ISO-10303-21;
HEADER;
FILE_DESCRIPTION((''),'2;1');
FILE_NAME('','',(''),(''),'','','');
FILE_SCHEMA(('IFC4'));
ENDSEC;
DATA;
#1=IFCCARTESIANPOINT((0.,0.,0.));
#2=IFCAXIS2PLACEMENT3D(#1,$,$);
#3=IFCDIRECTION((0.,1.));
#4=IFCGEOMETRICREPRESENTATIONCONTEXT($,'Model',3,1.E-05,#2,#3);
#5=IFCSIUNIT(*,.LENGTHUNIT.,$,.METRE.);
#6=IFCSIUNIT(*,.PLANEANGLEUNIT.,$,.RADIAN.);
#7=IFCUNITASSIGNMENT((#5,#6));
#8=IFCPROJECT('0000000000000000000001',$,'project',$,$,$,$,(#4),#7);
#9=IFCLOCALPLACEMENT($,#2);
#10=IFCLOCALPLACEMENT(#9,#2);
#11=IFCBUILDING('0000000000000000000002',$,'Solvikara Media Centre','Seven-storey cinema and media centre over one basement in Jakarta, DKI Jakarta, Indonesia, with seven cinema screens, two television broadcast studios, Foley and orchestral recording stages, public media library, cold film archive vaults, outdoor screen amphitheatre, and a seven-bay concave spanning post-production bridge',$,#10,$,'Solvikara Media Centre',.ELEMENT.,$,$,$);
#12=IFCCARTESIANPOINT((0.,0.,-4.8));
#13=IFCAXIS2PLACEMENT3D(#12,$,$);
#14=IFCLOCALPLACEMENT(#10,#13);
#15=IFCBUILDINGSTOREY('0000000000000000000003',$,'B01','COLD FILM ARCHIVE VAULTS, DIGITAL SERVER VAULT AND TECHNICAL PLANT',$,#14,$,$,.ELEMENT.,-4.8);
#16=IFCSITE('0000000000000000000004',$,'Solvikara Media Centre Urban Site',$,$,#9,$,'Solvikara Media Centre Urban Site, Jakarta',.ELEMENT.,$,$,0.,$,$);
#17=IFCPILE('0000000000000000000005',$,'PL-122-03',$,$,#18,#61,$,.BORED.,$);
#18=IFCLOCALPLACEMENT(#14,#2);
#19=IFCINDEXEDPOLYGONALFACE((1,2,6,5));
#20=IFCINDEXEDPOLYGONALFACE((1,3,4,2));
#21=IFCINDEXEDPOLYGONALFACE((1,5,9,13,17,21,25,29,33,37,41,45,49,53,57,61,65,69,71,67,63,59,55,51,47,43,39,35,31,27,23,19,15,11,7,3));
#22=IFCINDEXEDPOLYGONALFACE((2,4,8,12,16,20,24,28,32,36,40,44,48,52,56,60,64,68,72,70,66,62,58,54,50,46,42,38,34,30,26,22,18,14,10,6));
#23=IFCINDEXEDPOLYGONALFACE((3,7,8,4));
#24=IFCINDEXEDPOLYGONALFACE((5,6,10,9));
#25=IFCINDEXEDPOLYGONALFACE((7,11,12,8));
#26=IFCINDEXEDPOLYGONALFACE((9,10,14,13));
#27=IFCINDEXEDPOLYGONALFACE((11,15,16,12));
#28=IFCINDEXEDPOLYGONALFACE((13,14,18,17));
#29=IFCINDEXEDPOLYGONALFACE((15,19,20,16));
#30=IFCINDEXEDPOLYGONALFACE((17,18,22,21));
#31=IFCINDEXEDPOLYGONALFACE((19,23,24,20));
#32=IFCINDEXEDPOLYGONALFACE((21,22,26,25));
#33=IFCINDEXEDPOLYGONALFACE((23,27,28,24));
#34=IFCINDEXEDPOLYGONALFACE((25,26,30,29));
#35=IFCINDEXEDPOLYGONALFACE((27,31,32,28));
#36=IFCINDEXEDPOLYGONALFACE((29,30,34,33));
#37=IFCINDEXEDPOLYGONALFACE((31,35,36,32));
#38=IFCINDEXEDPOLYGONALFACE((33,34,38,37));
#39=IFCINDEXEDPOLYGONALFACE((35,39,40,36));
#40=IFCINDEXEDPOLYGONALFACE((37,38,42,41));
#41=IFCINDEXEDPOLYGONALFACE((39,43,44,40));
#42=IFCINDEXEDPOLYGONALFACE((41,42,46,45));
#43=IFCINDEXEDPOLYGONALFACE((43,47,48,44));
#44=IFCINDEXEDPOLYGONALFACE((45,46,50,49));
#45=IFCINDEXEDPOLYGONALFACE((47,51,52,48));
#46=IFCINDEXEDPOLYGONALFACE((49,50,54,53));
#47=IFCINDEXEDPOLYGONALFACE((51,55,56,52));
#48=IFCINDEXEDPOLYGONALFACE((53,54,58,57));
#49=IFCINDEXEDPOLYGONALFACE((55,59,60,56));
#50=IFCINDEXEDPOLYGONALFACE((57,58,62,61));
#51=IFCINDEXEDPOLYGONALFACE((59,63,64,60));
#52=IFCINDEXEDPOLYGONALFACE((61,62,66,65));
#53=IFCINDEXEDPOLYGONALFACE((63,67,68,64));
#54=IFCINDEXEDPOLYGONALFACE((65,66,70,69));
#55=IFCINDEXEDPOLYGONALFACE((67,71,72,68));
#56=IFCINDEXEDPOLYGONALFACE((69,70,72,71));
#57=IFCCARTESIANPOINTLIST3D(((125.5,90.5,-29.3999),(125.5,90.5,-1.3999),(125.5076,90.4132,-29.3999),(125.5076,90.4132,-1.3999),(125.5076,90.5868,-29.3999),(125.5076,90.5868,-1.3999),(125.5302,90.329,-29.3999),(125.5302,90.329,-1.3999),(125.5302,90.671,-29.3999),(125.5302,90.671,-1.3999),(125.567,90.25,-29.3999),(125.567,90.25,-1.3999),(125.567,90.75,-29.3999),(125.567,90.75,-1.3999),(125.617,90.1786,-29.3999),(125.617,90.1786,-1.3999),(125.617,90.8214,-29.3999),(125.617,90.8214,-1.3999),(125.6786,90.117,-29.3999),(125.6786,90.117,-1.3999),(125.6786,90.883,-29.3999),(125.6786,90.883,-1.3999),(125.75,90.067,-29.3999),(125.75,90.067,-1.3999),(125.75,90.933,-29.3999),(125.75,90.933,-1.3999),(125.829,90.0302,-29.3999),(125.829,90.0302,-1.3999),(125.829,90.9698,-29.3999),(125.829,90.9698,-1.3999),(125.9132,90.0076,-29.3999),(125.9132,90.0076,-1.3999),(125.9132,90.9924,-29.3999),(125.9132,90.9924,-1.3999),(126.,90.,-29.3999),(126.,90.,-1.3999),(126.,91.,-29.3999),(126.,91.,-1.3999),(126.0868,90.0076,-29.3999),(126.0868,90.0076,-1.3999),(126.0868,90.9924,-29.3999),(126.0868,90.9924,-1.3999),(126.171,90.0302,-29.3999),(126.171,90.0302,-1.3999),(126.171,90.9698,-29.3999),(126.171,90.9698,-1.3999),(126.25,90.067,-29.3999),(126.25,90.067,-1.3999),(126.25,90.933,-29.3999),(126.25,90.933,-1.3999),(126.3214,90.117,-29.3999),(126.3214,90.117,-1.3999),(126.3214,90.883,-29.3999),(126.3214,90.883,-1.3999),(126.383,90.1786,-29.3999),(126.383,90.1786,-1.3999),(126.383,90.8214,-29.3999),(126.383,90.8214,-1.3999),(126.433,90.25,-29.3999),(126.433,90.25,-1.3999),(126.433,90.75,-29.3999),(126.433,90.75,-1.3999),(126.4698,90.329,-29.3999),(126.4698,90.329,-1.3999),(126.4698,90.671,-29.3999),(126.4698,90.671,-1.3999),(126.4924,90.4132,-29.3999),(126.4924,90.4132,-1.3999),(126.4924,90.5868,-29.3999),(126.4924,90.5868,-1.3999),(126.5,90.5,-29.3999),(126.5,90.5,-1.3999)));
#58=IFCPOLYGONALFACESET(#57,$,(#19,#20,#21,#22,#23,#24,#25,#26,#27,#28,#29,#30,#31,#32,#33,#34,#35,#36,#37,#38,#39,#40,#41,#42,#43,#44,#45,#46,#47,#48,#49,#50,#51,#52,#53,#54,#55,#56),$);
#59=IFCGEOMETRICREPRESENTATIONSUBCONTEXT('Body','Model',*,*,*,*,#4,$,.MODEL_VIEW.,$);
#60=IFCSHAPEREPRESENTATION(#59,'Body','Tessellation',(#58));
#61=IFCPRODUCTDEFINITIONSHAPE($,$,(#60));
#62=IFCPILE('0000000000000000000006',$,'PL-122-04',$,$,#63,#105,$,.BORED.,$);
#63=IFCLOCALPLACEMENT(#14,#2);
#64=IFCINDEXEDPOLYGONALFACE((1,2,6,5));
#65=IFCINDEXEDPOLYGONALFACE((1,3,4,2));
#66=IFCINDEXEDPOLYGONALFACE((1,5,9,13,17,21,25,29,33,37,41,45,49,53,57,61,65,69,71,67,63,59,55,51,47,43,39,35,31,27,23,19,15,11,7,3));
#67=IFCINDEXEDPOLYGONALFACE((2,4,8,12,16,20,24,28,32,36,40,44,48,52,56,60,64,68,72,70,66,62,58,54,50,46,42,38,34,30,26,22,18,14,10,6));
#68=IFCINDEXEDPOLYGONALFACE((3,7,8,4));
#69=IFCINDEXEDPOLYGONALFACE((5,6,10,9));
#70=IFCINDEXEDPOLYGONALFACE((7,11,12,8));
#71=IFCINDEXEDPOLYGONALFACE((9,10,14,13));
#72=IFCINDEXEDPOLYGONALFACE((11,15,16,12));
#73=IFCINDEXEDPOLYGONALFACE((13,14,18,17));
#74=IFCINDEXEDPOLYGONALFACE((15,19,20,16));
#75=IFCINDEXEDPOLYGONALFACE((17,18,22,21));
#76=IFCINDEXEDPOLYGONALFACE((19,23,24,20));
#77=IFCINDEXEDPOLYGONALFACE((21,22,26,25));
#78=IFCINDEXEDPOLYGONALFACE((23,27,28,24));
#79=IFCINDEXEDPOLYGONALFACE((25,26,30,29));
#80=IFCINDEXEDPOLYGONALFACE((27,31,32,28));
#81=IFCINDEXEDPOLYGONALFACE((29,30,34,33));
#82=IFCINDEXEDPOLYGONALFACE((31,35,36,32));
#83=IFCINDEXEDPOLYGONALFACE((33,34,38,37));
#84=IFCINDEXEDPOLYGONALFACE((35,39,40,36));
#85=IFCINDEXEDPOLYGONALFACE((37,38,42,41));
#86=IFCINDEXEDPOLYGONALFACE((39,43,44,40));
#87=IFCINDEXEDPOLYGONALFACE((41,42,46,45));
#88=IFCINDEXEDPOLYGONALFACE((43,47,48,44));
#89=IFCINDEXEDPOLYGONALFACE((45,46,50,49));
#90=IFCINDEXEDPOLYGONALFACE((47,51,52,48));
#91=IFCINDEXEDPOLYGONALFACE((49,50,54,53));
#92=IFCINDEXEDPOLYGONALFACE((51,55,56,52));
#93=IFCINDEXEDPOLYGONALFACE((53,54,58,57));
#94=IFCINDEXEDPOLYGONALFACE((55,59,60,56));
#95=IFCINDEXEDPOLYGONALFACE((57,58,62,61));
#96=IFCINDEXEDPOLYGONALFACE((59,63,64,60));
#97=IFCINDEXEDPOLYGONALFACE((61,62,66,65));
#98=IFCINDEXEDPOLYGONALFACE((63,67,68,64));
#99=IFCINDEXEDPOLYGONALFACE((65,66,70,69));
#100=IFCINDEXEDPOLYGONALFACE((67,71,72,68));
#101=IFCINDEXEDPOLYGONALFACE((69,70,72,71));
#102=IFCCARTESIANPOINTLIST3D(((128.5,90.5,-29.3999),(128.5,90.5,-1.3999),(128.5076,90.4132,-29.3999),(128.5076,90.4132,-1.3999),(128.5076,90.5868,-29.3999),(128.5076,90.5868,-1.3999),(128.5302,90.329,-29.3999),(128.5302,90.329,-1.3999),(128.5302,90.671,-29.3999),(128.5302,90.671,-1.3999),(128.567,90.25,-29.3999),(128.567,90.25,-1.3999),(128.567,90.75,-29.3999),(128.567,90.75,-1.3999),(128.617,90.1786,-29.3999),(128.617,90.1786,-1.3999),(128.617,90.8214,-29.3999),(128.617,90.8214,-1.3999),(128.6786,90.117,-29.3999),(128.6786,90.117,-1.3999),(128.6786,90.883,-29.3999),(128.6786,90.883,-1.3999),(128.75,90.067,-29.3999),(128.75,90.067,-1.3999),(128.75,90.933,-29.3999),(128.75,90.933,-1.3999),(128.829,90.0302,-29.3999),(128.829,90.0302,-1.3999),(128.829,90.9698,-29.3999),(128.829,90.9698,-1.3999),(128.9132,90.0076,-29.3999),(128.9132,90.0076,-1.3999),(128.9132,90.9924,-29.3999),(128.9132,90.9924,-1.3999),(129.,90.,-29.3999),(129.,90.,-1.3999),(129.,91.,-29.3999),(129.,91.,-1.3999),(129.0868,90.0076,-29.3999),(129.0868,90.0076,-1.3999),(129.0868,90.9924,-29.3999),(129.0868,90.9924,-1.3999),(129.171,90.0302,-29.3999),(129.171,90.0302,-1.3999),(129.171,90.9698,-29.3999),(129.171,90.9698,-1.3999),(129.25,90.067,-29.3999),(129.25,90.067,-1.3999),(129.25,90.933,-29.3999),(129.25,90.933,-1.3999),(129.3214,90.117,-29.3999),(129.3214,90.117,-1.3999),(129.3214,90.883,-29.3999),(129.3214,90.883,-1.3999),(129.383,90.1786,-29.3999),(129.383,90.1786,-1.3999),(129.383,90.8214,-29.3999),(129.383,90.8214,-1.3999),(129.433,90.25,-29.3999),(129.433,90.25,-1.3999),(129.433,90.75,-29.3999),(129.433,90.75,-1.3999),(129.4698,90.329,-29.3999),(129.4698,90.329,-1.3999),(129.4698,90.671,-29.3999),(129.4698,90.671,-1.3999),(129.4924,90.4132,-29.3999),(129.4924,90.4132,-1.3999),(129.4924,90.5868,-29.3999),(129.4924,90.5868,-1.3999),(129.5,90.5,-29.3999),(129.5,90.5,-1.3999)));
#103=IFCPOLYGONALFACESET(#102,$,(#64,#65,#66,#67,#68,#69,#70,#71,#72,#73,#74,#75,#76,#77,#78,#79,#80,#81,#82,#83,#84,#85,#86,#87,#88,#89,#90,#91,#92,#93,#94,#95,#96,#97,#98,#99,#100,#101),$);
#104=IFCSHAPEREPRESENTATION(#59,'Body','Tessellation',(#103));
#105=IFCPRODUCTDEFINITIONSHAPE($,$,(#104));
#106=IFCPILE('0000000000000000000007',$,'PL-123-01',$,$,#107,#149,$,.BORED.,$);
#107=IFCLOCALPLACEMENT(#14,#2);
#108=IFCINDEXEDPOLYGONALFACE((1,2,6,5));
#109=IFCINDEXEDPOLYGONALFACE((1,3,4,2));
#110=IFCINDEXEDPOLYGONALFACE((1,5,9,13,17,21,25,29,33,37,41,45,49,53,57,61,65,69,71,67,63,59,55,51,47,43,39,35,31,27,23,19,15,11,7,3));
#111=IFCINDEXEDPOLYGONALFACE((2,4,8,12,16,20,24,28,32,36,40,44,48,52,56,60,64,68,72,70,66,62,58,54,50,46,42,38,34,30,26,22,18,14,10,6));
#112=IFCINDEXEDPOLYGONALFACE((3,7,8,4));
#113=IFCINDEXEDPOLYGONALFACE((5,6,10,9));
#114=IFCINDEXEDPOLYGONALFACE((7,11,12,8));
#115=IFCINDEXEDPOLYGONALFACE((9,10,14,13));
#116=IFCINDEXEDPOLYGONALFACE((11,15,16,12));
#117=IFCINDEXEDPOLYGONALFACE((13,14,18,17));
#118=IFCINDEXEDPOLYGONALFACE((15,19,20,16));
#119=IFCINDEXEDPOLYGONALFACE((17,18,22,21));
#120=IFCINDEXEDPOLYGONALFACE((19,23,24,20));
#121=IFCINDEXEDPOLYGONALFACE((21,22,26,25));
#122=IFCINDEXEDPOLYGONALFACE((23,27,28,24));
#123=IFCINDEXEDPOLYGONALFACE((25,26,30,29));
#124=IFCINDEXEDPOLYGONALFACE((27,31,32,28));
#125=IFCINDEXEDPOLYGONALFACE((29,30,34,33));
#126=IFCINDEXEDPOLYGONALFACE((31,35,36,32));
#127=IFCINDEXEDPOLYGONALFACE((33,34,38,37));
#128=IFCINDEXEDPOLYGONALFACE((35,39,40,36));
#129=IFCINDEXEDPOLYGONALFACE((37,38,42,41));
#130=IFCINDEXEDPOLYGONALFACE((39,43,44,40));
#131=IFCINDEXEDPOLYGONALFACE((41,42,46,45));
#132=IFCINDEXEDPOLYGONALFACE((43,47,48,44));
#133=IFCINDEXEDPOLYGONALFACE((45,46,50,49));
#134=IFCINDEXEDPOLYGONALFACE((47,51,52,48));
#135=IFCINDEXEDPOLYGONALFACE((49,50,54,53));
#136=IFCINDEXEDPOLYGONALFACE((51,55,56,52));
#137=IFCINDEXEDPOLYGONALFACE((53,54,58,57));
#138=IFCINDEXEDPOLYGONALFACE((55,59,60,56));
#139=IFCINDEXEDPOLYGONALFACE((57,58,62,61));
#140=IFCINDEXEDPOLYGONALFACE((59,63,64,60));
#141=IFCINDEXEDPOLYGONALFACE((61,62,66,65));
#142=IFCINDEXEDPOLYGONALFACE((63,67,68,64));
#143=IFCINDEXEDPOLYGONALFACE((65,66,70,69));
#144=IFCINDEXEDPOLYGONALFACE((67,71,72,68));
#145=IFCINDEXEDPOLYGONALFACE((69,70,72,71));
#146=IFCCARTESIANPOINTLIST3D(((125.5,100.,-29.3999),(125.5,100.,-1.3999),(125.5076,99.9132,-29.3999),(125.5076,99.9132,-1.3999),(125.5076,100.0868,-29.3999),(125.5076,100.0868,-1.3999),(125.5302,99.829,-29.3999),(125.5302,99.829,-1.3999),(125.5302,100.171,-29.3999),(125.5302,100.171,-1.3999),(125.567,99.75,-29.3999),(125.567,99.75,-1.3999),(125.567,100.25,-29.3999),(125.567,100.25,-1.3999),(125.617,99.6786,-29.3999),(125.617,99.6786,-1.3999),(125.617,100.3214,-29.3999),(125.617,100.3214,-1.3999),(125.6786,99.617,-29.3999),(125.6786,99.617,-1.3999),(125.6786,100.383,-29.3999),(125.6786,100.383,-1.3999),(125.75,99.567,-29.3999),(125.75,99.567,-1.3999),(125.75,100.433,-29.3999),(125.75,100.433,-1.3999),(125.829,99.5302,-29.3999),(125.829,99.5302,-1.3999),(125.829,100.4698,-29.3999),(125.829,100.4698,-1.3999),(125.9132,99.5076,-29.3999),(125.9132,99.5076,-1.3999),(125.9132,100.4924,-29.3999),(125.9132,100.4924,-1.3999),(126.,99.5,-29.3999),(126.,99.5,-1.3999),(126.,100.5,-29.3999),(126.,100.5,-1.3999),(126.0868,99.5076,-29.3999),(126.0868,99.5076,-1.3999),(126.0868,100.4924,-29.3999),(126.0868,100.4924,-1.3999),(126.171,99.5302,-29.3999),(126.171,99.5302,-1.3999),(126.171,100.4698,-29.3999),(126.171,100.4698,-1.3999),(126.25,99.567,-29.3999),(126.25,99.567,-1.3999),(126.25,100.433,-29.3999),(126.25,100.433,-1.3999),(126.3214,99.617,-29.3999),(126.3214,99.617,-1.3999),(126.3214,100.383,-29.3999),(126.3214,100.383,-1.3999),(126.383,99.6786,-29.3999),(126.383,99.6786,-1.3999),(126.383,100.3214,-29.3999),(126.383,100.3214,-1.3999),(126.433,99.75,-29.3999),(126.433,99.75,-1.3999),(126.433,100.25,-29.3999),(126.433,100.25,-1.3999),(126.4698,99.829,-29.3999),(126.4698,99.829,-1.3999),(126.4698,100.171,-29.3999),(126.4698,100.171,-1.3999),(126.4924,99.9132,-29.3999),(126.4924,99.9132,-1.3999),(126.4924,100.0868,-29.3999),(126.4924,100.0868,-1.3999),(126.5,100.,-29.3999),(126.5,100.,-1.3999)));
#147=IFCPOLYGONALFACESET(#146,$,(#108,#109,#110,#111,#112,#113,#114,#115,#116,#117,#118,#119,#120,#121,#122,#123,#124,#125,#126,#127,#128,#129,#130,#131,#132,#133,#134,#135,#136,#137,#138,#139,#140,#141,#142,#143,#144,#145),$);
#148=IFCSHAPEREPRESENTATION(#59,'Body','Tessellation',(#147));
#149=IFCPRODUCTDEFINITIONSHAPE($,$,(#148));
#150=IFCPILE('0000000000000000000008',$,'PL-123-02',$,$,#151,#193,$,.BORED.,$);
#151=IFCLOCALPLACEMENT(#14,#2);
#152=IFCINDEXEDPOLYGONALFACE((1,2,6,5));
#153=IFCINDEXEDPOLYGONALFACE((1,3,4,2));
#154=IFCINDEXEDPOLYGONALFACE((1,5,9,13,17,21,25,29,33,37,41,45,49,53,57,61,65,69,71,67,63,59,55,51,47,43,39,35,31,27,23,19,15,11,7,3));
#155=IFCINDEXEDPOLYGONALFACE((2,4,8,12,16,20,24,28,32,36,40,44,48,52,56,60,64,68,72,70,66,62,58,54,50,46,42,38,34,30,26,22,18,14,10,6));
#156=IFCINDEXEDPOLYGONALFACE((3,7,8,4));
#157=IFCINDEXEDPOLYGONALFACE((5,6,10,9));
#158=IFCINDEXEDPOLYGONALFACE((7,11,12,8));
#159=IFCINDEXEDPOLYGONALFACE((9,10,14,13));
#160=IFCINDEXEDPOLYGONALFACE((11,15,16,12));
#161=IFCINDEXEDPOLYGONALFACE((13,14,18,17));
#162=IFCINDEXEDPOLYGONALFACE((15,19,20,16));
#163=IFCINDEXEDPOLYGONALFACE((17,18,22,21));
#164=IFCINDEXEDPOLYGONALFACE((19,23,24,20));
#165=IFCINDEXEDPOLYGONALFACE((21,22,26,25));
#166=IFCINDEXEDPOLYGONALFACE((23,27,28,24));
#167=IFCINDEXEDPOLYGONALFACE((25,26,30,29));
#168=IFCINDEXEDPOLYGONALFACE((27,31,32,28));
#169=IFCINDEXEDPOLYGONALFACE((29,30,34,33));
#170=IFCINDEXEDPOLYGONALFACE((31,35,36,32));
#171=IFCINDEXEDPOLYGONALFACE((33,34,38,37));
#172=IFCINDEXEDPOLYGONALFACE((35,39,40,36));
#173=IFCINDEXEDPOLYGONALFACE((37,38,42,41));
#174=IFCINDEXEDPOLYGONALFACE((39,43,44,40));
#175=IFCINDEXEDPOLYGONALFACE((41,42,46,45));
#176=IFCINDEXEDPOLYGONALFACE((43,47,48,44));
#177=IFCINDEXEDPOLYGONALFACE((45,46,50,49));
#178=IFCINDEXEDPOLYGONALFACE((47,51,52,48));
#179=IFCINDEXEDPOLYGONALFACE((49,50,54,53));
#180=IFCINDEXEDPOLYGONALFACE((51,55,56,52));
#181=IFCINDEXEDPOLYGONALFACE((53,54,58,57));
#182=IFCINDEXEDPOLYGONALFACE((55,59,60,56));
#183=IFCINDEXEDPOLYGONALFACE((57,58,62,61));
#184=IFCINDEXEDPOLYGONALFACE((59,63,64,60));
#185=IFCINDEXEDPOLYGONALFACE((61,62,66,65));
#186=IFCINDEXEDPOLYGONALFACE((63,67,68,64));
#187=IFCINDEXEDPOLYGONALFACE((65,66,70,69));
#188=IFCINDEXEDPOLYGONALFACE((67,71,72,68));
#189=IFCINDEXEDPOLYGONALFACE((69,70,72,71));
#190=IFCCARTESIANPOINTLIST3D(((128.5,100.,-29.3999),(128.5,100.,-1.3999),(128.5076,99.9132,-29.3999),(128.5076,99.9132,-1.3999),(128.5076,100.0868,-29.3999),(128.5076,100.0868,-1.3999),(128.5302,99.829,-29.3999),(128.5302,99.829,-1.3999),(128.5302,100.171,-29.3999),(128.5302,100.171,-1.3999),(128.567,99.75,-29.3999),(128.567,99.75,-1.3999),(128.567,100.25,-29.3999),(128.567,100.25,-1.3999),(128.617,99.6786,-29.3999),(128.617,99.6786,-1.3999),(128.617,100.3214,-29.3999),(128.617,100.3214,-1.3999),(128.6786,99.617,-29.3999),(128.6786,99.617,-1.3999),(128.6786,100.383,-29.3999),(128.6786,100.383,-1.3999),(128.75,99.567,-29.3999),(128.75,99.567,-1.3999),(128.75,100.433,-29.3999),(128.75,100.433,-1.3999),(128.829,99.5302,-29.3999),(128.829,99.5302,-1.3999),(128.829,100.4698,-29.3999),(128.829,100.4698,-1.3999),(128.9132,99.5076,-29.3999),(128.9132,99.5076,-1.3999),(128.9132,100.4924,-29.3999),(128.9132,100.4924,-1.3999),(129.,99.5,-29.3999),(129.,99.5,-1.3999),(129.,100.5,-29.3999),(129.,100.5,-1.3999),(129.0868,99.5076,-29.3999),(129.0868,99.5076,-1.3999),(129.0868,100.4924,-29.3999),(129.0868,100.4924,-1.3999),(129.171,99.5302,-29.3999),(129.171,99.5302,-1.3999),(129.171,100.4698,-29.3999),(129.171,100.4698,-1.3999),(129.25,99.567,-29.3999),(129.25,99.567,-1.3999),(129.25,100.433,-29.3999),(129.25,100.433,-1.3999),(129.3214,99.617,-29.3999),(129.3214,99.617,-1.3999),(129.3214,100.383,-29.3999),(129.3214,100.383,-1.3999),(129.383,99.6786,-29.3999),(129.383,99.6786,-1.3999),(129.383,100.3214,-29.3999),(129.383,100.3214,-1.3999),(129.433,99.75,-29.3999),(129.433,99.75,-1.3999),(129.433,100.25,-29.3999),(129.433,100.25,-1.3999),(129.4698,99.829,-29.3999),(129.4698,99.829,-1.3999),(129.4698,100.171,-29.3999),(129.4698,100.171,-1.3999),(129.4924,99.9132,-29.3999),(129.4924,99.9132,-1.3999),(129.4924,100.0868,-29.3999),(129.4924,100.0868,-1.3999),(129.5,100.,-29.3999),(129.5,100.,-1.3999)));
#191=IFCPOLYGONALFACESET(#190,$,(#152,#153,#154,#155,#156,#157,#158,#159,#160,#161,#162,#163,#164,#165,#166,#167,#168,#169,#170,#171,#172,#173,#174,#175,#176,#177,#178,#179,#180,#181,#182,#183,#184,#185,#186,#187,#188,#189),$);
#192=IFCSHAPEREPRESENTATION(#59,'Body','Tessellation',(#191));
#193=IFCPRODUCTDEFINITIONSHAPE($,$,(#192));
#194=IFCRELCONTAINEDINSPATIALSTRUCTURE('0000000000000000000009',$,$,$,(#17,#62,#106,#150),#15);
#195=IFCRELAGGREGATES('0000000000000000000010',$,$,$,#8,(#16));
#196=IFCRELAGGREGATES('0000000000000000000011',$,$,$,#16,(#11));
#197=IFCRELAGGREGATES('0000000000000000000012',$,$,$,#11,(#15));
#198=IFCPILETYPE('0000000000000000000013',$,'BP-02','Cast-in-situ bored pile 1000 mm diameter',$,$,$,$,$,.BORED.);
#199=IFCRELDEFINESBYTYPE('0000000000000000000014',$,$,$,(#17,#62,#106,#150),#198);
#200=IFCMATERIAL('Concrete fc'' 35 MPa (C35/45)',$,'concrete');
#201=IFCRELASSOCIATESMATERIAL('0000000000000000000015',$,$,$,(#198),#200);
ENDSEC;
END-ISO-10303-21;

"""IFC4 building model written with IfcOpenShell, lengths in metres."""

from ifc_helpers import new_model, si_unit, direction, frame, origin, origin_2d, place, context, subcontext, project, spatial, circle, extrude, material, material_profile, profile_set, type_object, element, save


model = new_model("IFC4")

# Units and contexts
model_context = context("Model", 3, precision=1e-05, world=origin(), true_north=direction((0.0, 1.0)))
body_context = subcontext(model_context, "Body", "Model", "MODEL_VIEW")
ifc_project = project(units=[si_unit("LENGTHUNIT", "METRE"), si_unit("PLANEANGLEUNIT", "RADIAN")], contexts=[model_context])

# Site, building, storey
site_placement = place(None, origin())
site = spatial("IfcSite", under=ifc_project, at=site_placement, Name="Solvikara Media Centre Urban Site", LongName="Solvikara Media Centre Urban Site, Jakarta", CompositionType="ELEMENT", RefElevation=0.0)
building_placement = place(site_placement, origin())
building = spatial("IfcBuilding", under=site, at=building_placement, Name="Solvikara Media Centre", Description="Seven-storey cinema and media centre over one basement in Jakarta, DKI Jakarta, Indonesia, with seven cinema screens, two television broadcast studios, Foley and orchestral recording stages, public media library, cold film archive vaults, outdoor screen amphitheatre, and a seven-bay concave spanning post-production bridge", LongName="Solvikara Media Centre", CompositionType="ELEMENT")
storey_placement = place(building_placement, frame((0.0, 0.0, -4.8)))
storey = spatial("IfcBuildingStorey", under=building, at=storey_placement, Name="B01", Description="COLD FILM ARCHIVE VAULTS, DIGITAL SERVER VAULT AND TECHNICAL PLANT", CompositionType="ELEMENT", Elevation=-4.8)

# Piles
ifc_material_1 = material(Name="Concrete fc' 35 MPa (C35/45)", Category="concrete")
ifc_material_profile_1 = material_profile(ifc_material_1, circle(Radius=0.5, at=origin_2d()), Name="BORED PILE D1000")
ifc_profile_set_1 = profile_set([ifc_material_profile_1], Name="Concrete fc' 35 MPa (C35/45)")
pile_type_1 = type_object("IfcPileType", Name="BP-02", Description="Cast-in-situ bored pile 1000 mm diameter", PredefinedType="BORED", material=ifc_profile_set_1)
for number, where, z_axis, x_axis, name in (
    (1, (126.0, 90.5, -1.3999), (0.0, 0.0, -1.0), (1.0, 0.0, 0.0), "PL-122-03"),
    (2, (129.0, 90.5, -1.3999), (0.0, 0.0, -1.0), (1.0, 0.0, 0.0), "PL-122-04"),
    (3, (126.0, 100.0, -1.3999), (0.0, 0.0, -1.0), (1.0, 0.0, 0.0), "PL-123-01"),
    (4, (129.0, 100.0, -1.3999), (0.0, 0.0, -1.0), (1.0, 0.0, 0.0), "PL-123-02"),
):
    element("IfcPile", number, at=place(storey_placement, frame(where, z_axis=z_axis, x_axis=x_axis)), inside=storey, type_object=pile_type_1, Name=name, PredefinedType="BORED", context=body_context, shape_type="SweptSolid", body=[
        extrude(circle(Radius=0.5, at=origin_2d()), origin(), (0.0, 0.0, 1.0), 28.0),
    ])

save(model, "model.ifc")
